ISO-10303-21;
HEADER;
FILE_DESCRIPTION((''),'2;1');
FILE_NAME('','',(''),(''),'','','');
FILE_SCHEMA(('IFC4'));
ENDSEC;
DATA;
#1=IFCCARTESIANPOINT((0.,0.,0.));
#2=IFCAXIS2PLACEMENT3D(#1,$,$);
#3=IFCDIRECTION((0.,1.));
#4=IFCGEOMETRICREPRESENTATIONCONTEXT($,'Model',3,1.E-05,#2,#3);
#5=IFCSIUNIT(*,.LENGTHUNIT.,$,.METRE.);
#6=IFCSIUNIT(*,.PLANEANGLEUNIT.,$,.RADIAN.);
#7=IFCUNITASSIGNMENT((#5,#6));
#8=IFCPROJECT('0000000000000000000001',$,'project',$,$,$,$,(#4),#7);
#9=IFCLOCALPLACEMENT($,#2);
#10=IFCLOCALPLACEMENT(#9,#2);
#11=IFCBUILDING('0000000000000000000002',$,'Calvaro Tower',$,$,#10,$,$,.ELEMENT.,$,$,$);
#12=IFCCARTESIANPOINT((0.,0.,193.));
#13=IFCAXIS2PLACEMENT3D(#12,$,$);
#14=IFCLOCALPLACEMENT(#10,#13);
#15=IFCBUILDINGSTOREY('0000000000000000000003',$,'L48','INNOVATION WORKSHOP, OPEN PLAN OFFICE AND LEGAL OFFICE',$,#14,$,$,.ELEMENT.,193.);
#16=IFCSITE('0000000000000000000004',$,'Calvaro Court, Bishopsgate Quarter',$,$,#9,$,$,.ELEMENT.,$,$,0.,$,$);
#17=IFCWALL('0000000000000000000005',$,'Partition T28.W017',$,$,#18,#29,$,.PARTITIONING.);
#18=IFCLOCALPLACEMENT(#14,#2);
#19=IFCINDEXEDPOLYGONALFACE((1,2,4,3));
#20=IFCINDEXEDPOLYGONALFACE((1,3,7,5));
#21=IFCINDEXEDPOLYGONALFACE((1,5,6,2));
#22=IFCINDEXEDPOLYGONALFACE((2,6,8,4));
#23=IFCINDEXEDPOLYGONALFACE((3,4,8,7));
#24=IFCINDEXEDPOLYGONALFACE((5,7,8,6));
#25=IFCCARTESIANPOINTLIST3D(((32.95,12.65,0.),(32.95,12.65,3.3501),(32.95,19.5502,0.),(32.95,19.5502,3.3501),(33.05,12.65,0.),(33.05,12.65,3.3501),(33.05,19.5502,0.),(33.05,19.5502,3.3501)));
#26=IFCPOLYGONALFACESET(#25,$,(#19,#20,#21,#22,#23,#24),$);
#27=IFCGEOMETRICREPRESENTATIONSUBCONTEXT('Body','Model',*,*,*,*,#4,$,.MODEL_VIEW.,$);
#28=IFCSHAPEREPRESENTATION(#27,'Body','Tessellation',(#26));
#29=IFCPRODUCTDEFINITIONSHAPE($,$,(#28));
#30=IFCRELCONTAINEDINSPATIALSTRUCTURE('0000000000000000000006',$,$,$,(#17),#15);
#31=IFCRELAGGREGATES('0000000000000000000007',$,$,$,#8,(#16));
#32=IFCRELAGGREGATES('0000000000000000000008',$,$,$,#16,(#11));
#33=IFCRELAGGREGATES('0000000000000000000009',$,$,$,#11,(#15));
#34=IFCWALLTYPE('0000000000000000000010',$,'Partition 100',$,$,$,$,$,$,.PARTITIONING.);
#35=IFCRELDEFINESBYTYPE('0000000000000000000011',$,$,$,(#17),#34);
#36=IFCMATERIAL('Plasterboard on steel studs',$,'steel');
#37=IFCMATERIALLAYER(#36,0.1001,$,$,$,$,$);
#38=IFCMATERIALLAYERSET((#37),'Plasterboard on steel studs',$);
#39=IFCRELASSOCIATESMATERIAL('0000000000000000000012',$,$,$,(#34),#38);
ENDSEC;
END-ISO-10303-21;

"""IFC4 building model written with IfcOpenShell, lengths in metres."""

from ifc_helpers import new_model, si_unit, direction, frame, frame_2d, origin, place, context, subcontext, project, spatial, rectangle, extrude, material, layer, layer_set, type_object, element, save


model = new_model("IFC4")

# Units and contexts
model_context = context("Model", 3, precision=1e-05, world=origin(), true_north=direction((0.0, 1.0)))
body_context = subcontext(model_context, "Body", "Model", "MODEL_VIEW")
ifc_project = project(units=[si_unit("LENGTHUNIT", "METRE"), si_unit("PLANEANGLEUNIT", "RADIAN")], contexts=[model_context])

# Site, building, storey
site_placement = place(None, origin())
site = spatial("IfcSite", under=ifc_project, at=site_placement, Name="Calvaro Court, Bishopsgate Quarter", CompositionType="ELEMENT", RefElevation=0.0)
building_placement = place(site_placement, origin())
building = spatial("IfcBuilding", under=site, at=building_placement, Name="Calvaro Tower", CompositionType="ELEMENT")
storey_placement = place(building_placement, frame((0.0, 0.0, 193.0)))
storey = spatial("IfcBuildingStorey", under=building, at=storey_placement, Name="L48", Description="INNOVATION WORKSHOP, OPEN PLAN OFFICE AND LEGAL OFFICE", CompositionType="ELEMENT", Elevation=193.0)

# Shared definitions
ifc_material_1 = material(Name="Plasterboard on steel studs", Category="steel")
ifc_layer_1 = layer(ifc_material_1, 0.1001)
ifc_layer_set_1 = layer_set([ifc_layer_1], Name="Plasterboard on steel studs")
wall_type_1 = type_object("IfcWallType", Name="Partition 100", PredefinedType="PARTITIONING", material=ifc_layer_set_1)

# Wall
wall_1_placement = place(storey_placement, frame((33.0, 12.6499, 0.0), z_axis=(0.0, 0.0, 1.0), x_axis=(0.0, 1.0, 0.0)))
element("IfcWall", 1, at=wall_1_placement, inside=storey, type_object=wall_type_1, Name="Partition T28.W017", PredefinedType="PARTITIONING", context=body_context, shape_type="SweptSolid", body=[
    extrude(rectangle(XDim=6.9001, YDim=0.1001, at=frame_2d((3.4502, 0.0))), origin(), (0.0, 0.0, 1.0), 3.3501),
])

save(model, "model.ifc")
